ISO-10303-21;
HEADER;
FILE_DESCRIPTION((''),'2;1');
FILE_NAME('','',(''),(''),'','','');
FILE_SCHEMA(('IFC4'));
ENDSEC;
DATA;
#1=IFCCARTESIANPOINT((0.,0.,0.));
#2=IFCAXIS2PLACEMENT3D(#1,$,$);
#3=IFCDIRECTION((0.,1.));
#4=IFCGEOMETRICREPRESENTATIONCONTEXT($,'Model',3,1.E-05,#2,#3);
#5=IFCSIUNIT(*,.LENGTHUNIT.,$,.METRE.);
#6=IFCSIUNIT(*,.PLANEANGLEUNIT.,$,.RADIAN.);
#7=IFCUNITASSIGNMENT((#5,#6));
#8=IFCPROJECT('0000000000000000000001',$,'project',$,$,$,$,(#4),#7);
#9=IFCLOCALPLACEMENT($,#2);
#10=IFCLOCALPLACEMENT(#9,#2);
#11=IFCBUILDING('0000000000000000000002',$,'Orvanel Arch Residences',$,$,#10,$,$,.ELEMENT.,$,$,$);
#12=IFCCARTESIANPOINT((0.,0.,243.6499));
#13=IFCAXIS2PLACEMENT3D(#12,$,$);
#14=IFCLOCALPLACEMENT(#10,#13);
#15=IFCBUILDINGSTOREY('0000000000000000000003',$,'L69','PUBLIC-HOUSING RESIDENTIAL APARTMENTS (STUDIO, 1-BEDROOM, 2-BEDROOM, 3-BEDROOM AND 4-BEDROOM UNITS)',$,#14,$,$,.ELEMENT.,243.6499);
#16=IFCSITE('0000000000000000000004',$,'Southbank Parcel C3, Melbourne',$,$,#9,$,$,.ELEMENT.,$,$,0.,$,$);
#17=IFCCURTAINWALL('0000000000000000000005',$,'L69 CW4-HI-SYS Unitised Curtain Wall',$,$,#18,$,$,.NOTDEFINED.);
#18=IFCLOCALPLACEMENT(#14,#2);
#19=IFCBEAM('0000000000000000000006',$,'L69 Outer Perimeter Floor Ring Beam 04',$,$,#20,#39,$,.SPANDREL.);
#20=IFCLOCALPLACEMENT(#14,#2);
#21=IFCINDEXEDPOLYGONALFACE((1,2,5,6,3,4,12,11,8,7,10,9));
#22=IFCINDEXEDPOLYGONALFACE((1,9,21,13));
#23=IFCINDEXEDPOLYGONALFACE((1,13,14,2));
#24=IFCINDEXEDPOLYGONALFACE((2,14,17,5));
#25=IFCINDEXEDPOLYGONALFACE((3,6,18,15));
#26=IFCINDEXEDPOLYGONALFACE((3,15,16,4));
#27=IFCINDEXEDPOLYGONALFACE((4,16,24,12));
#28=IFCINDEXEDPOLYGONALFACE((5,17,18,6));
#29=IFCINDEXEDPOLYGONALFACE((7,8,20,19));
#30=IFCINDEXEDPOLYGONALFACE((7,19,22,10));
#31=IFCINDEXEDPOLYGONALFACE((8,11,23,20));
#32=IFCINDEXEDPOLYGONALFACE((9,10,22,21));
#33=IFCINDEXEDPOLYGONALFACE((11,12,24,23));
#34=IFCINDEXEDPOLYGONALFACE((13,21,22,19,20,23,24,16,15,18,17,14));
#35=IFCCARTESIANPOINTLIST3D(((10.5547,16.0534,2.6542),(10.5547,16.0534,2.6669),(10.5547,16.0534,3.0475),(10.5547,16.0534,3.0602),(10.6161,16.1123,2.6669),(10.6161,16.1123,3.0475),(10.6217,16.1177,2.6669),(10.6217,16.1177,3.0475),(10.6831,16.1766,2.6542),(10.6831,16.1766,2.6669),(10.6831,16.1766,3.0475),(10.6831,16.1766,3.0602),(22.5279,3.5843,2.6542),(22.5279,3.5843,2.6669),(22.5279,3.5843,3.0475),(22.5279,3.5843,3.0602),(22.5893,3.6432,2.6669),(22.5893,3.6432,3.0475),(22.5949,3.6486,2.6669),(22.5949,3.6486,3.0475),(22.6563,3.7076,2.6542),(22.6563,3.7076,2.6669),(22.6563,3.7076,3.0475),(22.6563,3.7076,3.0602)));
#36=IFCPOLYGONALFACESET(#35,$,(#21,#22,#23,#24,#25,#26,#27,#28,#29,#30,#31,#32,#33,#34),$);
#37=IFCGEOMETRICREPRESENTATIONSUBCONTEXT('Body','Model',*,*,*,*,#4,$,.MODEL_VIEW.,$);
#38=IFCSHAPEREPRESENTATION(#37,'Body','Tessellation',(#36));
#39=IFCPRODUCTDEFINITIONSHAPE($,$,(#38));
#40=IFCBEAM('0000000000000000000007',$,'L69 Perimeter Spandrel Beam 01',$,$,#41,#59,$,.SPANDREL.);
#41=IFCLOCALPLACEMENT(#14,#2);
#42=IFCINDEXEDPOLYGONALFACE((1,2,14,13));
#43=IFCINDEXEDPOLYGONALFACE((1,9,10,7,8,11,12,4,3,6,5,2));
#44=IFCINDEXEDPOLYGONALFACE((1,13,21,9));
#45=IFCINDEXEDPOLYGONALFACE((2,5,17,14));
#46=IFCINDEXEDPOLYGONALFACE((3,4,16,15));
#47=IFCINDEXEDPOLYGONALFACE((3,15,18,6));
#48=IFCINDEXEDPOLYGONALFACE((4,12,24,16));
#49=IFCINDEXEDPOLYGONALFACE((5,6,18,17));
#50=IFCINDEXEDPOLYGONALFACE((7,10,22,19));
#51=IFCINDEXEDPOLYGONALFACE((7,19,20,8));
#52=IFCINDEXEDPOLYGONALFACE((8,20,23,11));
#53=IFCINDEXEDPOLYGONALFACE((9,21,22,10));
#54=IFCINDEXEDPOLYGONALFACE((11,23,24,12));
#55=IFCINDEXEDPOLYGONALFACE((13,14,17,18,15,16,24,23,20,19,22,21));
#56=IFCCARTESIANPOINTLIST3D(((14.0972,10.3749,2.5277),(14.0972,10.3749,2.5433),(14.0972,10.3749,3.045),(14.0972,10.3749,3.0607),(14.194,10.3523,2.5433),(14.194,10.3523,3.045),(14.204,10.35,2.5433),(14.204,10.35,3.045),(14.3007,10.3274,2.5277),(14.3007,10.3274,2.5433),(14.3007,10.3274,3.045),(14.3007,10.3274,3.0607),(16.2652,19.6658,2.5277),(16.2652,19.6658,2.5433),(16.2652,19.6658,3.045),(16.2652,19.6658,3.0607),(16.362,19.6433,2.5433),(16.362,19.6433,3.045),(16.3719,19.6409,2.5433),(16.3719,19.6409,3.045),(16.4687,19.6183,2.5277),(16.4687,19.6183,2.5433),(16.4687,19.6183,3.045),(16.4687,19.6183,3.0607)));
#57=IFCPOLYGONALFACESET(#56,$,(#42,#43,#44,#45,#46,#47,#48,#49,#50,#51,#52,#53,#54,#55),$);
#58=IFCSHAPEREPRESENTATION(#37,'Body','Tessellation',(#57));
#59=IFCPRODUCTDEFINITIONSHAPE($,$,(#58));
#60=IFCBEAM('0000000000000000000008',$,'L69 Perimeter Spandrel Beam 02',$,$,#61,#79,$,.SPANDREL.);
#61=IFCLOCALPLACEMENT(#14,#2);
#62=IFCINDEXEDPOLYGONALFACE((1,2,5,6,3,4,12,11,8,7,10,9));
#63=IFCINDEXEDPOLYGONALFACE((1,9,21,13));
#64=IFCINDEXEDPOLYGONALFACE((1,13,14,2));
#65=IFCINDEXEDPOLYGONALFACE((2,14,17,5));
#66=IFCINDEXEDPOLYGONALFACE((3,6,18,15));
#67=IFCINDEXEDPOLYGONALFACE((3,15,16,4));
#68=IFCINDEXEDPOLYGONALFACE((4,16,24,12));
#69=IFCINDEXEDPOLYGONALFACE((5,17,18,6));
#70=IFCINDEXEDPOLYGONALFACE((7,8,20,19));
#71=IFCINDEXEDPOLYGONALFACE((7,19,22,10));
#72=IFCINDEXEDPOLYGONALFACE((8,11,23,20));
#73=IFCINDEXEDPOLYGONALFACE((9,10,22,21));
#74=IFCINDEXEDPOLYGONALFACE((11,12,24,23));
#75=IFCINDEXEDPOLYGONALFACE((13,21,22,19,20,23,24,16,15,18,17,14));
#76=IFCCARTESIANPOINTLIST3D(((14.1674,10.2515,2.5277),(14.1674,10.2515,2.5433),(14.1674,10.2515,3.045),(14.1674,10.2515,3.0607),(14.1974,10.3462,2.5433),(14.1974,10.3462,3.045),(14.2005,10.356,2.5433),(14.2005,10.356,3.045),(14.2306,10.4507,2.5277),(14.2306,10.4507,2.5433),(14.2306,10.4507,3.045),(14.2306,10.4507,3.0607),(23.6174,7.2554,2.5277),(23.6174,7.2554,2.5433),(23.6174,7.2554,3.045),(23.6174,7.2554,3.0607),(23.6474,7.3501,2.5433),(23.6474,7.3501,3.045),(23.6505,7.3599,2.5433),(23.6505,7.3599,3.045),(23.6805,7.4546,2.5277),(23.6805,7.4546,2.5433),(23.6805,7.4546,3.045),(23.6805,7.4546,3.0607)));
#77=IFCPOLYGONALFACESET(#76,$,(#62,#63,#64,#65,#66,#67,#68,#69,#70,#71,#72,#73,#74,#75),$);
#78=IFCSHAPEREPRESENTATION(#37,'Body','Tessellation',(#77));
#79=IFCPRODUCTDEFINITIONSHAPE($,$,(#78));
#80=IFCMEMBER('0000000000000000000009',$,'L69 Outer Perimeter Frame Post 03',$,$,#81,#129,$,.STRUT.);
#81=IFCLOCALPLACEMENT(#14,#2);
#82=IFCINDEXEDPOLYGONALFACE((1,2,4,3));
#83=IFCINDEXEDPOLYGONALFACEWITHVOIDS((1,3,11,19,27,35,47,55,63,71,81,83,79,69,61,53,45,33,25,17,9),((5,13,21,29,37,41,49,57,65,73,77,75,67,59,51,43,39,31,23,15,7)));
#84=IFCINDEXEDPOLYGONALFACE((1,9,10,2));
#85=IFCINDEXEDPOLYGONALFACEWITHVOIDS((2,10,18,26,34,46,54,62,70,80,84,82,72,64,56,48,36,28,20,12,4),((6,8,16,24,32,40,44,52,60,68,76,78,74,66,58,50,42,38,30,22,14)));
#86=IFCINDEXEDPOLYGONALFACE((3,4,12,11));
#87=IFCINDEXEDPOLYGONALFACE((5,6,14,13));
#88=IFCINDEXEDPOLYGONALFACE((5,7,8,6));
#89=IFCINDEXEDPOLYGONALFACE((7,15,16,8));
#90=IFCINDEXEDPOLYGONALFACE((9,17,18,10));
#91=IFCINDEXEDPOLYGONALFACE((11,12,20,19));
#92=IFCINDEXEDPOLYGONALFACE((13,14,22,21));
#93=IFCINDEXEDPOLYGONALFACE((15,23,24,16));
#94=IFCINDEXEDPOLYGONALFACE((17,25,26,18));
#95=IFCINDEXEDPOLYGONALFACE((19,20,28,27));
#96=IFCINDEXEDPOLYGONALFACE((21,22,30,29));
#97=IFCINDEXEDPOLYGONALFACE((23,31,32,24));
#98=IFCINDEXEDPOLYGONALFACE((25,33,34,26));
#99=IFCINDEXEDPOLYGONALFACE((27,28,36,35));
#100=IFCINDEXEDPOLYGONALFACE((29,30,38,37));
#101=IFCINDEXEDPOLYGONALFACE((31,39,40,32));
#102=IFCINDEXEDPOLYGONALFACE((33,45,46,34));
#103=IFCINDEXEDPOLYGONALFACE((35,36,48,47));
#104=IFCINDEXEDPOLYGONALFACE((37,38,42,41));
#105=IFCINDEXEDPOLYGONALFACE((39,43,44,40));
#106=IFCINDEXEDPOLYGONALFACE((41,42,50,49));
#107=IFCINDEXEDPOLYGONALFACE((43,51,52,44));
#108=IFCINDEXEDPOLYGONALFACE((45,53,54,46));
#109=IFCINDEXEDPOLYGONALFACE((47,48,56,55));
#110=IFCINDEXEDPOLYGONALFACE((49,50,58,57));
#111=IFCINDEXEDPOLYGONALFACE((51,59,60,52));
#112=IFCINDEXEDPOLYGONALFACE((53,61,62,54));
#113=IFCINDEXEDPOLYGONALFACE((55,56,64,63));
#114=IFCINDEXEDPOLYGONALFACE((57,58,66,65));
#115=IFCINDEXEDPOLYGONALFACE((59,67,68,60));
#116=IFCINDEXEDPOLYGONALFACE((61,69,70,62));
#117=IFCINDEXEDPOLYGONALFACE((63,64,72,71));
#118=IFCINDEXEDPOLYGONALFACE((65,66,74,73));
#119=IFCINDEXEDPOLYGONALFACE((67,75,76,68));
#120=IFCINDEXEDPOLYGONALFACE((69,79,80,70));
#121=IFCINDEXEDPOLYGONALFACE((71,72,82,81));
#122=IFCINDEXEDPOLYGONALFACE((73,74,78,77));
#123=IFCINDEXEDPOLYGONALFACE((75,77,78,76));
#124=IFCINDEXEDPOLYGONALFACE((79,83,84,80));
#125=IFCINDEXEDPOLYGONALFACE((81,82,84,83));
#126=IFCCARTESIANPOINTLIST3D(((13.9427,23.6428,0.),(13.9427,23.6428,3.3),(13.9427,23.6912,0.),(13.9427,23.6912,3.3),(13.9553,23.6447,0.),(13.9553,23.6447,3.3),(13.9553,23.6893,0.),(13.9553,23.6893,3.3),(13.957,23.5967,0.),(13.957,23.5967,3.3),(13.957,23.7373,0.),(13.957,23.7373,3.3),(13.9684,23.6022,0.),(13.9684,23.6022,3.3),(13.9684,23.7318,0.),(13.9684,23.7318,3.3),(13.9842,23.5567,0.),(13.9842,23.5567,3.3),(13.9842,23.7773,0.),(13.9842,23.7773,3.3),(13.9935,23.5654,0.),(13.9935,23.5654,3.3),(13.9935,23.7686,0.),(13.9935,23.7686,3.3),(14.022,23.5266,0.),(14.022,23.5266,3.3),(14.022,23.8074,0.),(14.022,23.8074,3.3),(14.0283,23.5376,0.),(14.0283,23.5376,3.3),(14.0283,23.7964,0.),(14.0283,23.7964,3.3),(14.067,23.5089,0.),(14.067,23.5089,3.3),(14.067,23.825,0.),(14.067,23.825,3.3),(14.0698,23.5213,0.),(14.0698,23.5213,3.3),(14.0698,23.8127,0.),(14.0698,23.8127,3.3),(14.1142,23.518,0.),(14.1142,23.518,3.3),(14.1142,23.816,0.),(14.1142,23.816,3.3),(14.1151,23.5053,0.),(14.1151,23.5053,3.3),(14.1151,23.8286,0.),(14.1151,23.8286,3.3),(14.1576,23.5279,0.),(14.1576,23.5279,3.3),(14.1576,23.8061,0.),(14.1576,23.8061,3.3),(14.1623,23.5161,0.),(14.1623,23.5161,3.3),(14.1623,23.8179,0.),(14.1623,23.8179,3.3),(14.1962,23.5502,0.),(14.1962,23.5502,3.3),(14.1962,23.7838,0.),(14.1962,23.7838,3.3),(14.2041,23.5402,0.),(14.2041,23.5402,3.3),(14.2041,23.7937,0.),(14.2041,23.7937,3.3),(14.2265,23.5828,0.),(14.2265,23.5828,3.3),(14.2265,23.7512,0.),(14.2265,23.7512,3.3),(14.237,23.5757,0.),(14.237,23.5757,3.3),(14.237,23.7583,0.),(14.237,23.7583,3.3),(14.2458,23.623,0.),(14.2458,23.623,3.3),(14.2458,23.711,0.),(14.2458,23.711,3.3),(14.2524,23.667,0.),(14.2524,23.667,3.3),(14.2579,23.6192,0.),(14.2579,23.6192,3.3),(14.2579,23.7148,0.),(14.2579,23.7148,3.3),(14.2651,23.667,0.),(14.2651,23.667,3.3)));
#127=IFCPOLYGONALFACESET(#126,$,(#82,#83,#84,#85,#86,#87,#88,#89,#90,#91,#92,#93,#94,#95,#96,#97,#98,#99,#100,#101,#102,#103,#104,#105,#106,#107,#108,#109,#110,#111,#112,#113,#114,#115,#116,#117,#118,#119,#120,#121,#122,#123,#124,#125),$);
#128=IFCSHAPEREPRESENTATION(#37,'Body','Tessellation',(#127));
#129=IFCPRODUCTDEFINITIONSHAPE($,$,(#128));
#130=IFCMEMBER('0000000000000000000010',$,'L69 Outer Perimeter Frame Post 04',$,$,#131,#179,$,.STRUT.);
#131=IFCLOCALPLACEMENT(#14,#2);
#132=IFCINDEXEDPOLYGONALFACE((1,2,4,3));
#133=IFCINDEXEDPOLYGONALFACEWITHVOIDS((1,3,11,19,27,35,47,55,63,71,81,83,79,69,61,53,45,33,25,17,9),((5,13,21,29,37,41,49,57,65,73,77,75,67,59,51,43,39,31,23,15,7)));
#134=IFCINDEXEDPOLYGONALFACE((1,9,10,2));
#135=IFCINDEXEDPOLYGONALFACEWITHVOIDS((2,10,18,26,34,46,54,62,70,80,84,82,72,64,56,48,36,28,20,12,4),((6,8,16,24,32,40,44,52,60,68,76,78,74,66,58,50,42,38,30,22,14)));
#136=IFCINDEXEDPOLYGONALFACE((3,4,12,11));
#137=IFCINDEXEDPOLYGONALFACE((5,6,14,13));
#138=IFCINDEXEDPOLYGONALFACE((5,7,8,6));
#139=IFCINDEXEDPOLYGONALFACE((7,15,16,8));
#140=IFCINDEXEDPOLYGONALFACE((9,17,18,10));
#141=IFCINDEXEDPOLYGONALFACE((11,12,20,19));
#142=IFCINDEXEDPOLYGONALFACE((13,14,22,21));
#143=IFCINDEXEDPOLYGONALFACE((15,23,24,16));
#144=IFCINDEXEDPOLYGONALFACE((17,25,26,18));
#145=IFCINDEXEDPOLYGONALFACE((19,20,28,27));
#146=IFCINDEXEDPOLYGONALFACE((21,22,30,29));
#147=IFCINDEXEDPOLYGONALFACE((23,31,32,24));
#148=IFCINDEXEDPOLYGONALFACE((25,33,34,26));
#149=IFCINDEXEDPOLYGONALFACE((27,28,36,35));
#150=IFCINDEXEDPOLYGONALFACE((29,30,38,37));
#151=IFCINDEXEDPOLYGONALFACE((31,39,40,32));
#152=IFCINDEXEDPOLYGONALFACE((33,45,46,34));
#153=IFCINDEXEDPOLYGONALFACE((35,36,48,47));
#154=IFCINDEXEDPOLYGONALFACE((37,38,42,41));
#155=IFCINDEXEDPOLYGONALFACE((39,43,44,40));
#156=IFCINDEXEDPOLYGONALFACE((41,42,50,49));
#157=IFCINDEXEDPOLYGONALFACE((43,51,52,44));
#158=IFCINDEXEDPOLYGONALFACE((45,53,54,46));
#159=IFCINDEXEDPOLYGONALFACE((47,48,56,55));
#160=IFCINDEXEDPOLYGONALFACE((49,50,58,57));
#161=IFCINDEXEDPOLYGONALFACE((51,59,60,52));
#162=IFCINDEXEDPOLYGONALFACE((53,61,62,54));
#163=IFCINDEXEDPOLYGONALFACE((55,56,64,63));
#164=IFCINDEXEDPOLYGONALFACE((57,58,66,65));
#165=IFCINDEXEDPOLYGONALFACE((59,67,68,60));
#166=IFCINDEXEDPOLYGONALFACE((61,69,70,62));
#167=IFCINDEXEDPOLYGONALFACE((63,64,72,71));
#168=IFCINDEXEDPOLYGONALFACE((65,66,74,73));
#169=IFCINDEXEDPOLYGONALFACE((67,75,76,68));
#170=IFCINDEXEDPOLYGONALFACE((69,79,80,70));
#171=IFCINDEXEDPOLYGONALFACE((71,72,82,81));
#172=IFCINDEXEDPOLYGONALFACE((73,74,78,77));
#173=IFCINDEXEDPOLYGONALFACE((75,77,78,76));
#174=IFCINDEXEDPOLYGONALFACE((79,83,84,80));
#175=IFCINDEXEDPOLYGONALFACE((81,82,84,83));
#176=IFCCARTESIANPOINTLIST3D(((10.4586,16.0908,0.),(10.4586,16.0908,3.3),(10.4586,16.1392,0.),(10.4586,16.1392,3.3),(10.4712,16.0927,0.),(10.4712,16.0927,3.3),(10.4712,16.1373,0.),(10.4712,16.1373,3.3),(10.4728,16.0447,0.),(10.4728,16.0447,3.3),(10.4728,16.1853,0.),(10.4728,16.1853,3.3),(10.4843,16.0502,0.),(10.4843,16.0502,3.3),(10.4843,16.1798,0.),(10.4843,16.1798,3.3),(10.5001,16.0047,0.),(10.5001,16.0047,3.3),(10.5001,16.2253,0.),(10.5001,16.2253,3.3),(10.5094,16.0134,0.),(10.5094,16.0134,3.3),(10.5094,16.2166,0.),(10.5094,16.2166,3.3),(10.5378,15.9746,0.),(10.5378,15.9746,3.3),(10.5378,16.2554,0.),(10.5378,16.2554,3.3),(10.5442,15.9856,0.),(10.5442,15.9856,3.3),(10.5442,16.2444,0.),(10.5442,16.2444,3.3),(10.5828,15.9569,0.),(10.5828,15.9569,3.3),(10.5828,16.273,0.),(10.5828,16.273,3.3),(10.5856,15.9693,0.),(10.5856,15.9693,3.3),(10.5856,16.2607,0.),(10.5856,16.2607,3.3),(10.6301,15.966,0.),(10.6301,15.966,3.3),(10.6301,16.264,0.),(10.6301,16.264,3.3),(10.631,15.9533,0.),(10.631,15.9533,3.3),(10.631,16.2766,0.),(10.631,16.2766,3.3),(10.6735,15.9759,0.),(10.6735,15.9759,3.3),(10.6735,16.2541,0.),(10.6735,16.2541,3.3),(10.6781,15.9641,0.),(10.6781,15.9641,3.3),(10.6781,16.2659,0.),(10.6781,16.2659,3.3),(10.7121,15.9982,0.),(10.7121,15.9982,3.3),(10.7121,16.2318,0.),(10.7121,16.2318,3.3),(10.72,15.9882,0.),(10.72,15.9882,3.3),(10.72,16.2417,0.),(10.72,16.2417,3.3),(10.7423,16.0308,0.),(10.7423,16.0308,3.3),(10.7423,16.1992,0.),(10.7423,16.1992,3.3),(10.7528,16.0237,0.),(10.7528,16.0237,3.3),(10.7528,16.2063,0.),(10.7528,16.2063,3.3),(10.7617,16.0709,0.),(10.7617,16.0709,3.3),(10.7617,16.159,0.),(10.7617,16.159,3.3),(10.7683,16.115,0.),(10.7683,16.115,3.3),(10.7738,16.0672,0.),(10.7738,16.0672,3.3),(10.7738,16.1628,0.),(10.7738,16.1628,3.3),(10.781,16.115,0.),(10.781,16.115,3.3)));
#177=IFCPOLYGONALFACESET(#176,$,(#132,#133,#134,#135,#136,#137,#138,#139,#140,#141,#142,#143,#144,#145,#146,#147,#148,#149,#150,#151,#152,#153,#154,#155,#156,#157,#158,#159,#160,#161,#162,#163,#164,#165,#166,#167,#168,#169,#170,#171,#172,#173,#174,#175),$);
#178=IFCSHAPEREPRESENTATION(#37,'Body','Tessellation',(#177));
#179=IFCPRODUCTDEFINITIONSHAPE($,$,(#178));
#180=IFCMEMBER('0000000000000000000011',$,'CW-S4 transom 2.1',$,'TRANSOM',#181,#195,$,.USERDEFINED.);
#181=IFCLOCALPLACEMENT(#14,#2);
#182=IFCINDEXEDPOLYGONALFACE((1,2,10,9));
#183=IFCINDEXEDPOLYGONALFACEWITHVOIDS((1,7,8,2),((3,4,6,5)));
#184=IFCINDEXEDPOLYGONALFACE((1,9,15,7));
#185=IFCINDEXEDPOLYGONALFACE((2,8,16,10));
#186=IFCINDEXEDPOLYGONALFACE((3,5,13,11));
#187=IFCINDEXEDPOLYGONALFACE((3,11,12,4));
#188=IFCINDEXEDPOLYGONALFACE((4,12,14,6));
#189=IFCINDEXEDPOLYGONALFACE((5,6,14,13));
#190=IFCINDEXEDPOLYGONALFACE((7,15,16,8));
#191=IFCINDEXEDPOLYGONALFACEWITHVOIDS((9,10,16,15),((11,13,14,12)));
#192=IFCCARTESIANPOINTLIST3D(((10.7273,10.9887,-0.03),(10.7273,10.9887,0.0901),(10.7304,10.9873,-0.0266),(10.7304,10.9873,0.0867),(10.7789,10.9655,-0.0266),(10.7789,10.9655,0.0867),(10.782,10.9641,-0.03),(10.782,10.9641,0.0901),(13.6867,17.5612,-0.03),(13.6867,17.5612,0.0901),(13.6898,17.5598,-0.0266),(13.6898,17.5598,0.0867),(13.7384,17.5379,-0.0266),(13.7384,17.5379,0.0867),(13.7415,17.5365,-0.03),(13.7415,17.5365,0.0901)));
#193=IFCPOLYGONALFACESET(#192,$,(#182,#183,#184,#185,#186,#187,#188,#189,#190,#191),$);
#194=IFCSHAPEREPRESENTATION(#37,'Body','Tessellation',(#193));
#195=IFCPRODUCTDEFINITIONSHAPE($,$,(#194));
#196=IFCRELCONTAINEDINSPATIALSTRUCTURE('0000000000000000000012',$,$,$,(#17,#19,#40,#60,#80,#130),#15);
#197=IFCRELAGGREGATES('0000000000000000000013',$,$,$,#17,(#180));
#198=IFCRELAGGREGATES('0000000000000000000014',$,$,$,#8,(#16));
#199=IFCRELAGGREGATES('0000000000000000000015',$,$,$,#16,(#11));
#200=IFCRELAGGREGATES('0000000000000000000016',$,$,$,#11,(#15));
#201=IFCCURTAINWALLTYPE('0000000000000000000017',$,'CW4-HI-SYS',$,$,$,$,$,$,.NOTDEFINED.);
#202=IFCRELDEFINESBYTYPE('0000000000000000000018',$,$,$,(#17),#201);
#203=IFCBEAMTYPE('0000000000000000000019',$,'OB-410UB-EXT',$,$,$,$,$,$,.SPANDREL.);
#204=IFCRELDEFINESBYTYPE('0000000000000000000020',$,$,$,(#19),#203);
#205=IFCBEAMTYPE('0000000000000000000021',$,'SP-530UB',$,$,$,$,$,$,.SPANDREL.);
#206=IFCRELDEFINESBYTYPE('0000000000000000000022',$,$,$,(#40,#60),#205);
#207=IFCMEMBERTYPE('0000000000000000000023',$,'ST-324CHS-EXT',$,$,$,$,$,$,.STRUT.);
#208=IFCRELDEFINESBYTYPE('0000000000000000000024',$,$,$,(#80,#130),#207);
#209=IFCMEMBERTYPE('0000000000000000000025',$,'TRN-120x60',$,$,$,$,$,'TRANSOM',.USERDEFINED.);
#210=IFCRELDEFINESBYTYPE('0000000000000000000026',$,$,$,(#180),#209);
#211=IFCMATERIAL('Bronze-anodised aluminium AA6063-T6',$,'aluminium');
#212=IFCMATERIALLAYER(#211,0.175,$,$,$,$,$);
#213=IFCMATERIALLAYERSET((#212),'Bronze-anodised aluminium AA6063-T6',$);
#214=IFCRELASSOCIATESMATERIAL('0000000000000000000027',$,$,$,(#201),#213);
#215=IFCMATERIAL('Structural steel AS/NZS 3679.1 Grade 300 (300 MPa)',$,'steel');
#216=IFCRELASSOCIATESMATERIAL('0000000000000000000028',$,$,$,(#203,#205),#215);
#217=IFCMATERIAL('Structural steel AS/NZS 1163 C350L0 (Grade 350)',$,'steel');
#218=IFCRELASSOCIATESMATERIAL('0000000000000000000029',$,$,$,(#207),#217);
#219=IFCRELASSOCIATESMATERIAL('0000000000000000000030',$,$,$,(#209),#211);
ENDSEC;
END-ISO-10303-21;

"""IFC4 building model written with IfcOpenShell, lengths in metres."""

from ifc_helpers import new_model, si_unit, direction, frame, origin, origin_2d, place, context, subcontext, project, spatial, hollow_rectangle, hollow_circle, i_section, extrude, material, layer, layer_set, material_profile, profile_set, type_object, element, aggregate, save


model = new_model("IFC4")

# Units and contexts
model_context = context("Model", 3, precision=1e-05, world=origin(), true_north=direction((0.0, 1.0)))
body_context = subcontext(model_context, "Body", "Model", "MODEL_VIEW")
ifc_project = project(units=[si_unit("LENGTHUNIT", "METRE"), si_unit("PLANEANGLEUNIT", "RADIAN")], contexts=[model_context])

# Site, building, storey
site_placement = place(None, origin())
site = spatial("IfcSite", under=ifc_project, at=site_placement, Name="Southbank Parcel C3, Melbourne", CompositionType="ELEMENT", RefElevation=0.0)
building_placement = place(site_placement, origin())
building = spatial("IfcBuilding", under=site, at=building_placement, Name="Orvanel Arch Residences", CompositionType="ELEMENT")
storey_placement = place(building_placement, frame((0.0, 0.0, 243.6499)))
storey = spatial("IfcBuildingStorey", under=building, at=storey_placement, Name="L69", Description="PUBLIC-HOUSING RESIDENTIAL APARTMENTS (STUDIO, 1-BEDROOM, 2-BEDROOM, 3-BEDROOM AND 4-BEDROOM UNITS)", CompositionType="ELEMENT", Elevation=243.6499)

# Shared definitions
ifc_material_1 = material(Name="Bronze-anodised aluminium AA6063-T6", Category="aluminium")

# Curtain wall
ifc_layer_1 = layer(ifc_material_1, 0.175)
ifc_layer_set_1 = layer_set([ifc_layer_1], Name="Bronze-anodised aluminium AA6063-T6")
curtain_wall_type_1 = type_object("IfcCurtainWallType", Name="CW4-HI-SYS", PredefinedType="NOTDEFINED", material=ifc_layer_set_1)
curtain_wall_1_placement = place(storey_placement, origin())
curtain_wall_1 = element("IfcCurtainWall", 1, at=curtain_wall_1_placement, inside=storey, type_object=curtain_wall_type_1, Name="L69 CW4-HI-SYS Unitised Curtain Wall", PredefinedType="NOTDEFINED")

# Beams
ifc_material_2 = material(Name="Structural steel AS/NZS 3679.1 Grade 300 (300 MPa)", Category="steel")
ifc_material_profile_1 = material_profile(ifc_material_2, i_section(OverallWidth=0.178, OverallDepth=0.406, WebThickness=0.0078, FlangeThickness=0.0127, at=origin_2d()), Name="410UB59.7")
ifc_profile_set_1 = profile_set([ifc_material_profile_1], Name="Structural steel AS/NZS 3679.1 Grade 300 (300 MPa)")
beam_type_1 = type_object("IfcBeamType", Name="OB-410UB-EXT", PredefinedType="SPANDREL", material=ifc_profile_set_1)
beam_1_placement = place(storey_placement, frame((10.6189, 16.115, 2.8572), z_axis=(0.692619, -0.721303, 0.0), x_axis=(0.721303, 0.692619, 0.0)))
element("IfcBeam", 2, at=beam_1_placement, inside=storey, type_object=beam_type_1, Name="L69 Outer Perimeter Floor Ring Beam 04", PredefinedType="SPANDREL", context=body_context, shape_type="SweptSolid", body=[
    extrude(i_section(OverallWidth=0.178, OverallDepth=0.406, WebThickness=0.0078, FlangeThickness=0.0127, at=origin_2d()), origin(), (0.0, 0.0, 1.0), 17.2869),
])
ifc_material_profile_2 = material_profile(ifc_material_2, i_section(OverallWidth=0.209, OverallDepth=0.533, WebThickness=0.0103, FlangeThickness=0.0156, at=origin_2d()), Name="530UB92.4")
ifc_profile_set_2 = profile_set([ifc_material_profile_2], Name="Structural steel AS/NZS 3679.1 Grade 300 (300 MPa)")
beam_type_2 = type_object("IfcBeamType", Name="SP-530UB", PredefinedType="SPANDREL", material=ifc_profile_set_2)
beam_2_placement = place(storey_placement, frame((16.3669, 19.6421, 2.7942), z_axis=(-0.227236, -0.97384, 0.0), x_axis=(0.97384, -0.227236, 0.0)))
element("IfcBeam", 3, at=beam_2_placement, inside=storey, type_object=beam_type_2, Name="L69 Perimeter Spandrel Beam 01", PredefinedType="SPANDREL", context=body_context, shape_type="SweptSolid", body=[
    extrude(i_section(OverallWidth=0.209, OverallDepth=0.533, WebThickness=0.0103, FlangeThickness=0.0156, at=origin_2d()), origin(), (0.0, 0.0, 1.0), 9.5405),
])
beam_3_placement = place(storey_placement, frame((14.199, 10.3511, 2.7942), z_axis=(0.953237, -0.302223, 0.0), x_axis=(0.302223, 0.953237, 0.0)))
element("IfcBeam", 4, at=beam_3_placement, inside=storey, type_object=beam_type_2, Name="L69 Perimeter Spandrel Beam 02", PredefinedType="SPANDREL", context=body_context, shape_type="SweptSolid", body=[
    extrude(i_section(OverallWidth=0.209, OverallDepth=0.533, WebThickness=0.0103, FlangeThickness=0.0156, at=origin_2d()), origin(), (0.0, 0.0, 1.0), 9.9136),
])

# Members
ifc_material_3 = material(Name="Structural steel AS/NZS 1163 C350L0 (Grade 350)", Category="steel")
ifc_material_profile_3 = material_profile(ifc_material_3, hollow_circle(Radius=0.1621, WallThickness=0.0127, at=origin_2d()), Name="CHS324x12.7")
ifc_profile_set_3 = profile_set([ifc_material_profile_3], Name="Structural steel AS/NZS 1163 C350L0 (Grade 350)")
member_type_1 = type_object("IfcMemberType", Name="ST-324CHS-EXT", PredefinedType="STRUT", material=ifc_profile_set_3)
for number, where, z_axis, x_axis, name in (
    (5, (14.103, 23.667, 0.0), (0.0, 0.0, 1.0), (1.0, 0.0, 0.0), "L69 Outer Perimeter Frame Post 03"),
    (6, (10.6189, 16.115, 0.0), (0.0, 0.0, 1.0), (1.0, 0.0, 0.0), "L69 Outer Perimeter Frame Post 04"),
):
    element("IfcMember", number, at=place(storey_placement, frame(where, z_axis=z_axis, x_axis=x_axis)), inside=storey, type_object=member_type_1, Name=name, PredefinedType="STRUT", context=body_context, shape_type="SweptSolid", body=[
        extrude(hollow_circle(Radius=0.1621, WallThickness=0.0127, at=origin_2d()), origin(), (0.0, 0.0, 1.0), 3.3),
    ])

# Member
ifc_material_profile_4 = material_profile(ifc_material_1, hollow_rectangle(XDim=0.0601, YDim=0.1201, WallThickness=0.0034, at=origin_2d()), Name="ALU120x60x3.5")
ifc_profile_set_4 = profile_set([ifc_material_profile_4], Name="Bronze-anodised aluminium AA6063-T6")
member_type_2 = type_object("IfcMemberType", Name="TRN-120x60", ElementType="TRANSOM", PredefinedType="USERDEFINED", material=ifc_profile_set_4)
member_1_placement = place(storey_placement, frame((13.7141, 17.5488, 0.03), z_axis=(-0.410577, -0.911826, 0.0), x_axis=(0.911826, -0.410577, 0.0)))
member_1 = element("IfcMember", 7, at=member_1_placement, type_object=member_type_2, Name="CW-S4 transom 2.1", ObjectType="TRANSOM", PredefinedType="USERDEFINED", context=body_context, shape_type="SweptSolid", body=[
    extrude(hollow_rectangle(XDim=0.0601, YDim=0.1201, WallThickness=0.0034, at=origin_2d()), origin(), (0.0, 0.0, 1.0), 7.208),
])

aggregate(curtain_wall_1, [member_1])

save(model, "model.ifc")
